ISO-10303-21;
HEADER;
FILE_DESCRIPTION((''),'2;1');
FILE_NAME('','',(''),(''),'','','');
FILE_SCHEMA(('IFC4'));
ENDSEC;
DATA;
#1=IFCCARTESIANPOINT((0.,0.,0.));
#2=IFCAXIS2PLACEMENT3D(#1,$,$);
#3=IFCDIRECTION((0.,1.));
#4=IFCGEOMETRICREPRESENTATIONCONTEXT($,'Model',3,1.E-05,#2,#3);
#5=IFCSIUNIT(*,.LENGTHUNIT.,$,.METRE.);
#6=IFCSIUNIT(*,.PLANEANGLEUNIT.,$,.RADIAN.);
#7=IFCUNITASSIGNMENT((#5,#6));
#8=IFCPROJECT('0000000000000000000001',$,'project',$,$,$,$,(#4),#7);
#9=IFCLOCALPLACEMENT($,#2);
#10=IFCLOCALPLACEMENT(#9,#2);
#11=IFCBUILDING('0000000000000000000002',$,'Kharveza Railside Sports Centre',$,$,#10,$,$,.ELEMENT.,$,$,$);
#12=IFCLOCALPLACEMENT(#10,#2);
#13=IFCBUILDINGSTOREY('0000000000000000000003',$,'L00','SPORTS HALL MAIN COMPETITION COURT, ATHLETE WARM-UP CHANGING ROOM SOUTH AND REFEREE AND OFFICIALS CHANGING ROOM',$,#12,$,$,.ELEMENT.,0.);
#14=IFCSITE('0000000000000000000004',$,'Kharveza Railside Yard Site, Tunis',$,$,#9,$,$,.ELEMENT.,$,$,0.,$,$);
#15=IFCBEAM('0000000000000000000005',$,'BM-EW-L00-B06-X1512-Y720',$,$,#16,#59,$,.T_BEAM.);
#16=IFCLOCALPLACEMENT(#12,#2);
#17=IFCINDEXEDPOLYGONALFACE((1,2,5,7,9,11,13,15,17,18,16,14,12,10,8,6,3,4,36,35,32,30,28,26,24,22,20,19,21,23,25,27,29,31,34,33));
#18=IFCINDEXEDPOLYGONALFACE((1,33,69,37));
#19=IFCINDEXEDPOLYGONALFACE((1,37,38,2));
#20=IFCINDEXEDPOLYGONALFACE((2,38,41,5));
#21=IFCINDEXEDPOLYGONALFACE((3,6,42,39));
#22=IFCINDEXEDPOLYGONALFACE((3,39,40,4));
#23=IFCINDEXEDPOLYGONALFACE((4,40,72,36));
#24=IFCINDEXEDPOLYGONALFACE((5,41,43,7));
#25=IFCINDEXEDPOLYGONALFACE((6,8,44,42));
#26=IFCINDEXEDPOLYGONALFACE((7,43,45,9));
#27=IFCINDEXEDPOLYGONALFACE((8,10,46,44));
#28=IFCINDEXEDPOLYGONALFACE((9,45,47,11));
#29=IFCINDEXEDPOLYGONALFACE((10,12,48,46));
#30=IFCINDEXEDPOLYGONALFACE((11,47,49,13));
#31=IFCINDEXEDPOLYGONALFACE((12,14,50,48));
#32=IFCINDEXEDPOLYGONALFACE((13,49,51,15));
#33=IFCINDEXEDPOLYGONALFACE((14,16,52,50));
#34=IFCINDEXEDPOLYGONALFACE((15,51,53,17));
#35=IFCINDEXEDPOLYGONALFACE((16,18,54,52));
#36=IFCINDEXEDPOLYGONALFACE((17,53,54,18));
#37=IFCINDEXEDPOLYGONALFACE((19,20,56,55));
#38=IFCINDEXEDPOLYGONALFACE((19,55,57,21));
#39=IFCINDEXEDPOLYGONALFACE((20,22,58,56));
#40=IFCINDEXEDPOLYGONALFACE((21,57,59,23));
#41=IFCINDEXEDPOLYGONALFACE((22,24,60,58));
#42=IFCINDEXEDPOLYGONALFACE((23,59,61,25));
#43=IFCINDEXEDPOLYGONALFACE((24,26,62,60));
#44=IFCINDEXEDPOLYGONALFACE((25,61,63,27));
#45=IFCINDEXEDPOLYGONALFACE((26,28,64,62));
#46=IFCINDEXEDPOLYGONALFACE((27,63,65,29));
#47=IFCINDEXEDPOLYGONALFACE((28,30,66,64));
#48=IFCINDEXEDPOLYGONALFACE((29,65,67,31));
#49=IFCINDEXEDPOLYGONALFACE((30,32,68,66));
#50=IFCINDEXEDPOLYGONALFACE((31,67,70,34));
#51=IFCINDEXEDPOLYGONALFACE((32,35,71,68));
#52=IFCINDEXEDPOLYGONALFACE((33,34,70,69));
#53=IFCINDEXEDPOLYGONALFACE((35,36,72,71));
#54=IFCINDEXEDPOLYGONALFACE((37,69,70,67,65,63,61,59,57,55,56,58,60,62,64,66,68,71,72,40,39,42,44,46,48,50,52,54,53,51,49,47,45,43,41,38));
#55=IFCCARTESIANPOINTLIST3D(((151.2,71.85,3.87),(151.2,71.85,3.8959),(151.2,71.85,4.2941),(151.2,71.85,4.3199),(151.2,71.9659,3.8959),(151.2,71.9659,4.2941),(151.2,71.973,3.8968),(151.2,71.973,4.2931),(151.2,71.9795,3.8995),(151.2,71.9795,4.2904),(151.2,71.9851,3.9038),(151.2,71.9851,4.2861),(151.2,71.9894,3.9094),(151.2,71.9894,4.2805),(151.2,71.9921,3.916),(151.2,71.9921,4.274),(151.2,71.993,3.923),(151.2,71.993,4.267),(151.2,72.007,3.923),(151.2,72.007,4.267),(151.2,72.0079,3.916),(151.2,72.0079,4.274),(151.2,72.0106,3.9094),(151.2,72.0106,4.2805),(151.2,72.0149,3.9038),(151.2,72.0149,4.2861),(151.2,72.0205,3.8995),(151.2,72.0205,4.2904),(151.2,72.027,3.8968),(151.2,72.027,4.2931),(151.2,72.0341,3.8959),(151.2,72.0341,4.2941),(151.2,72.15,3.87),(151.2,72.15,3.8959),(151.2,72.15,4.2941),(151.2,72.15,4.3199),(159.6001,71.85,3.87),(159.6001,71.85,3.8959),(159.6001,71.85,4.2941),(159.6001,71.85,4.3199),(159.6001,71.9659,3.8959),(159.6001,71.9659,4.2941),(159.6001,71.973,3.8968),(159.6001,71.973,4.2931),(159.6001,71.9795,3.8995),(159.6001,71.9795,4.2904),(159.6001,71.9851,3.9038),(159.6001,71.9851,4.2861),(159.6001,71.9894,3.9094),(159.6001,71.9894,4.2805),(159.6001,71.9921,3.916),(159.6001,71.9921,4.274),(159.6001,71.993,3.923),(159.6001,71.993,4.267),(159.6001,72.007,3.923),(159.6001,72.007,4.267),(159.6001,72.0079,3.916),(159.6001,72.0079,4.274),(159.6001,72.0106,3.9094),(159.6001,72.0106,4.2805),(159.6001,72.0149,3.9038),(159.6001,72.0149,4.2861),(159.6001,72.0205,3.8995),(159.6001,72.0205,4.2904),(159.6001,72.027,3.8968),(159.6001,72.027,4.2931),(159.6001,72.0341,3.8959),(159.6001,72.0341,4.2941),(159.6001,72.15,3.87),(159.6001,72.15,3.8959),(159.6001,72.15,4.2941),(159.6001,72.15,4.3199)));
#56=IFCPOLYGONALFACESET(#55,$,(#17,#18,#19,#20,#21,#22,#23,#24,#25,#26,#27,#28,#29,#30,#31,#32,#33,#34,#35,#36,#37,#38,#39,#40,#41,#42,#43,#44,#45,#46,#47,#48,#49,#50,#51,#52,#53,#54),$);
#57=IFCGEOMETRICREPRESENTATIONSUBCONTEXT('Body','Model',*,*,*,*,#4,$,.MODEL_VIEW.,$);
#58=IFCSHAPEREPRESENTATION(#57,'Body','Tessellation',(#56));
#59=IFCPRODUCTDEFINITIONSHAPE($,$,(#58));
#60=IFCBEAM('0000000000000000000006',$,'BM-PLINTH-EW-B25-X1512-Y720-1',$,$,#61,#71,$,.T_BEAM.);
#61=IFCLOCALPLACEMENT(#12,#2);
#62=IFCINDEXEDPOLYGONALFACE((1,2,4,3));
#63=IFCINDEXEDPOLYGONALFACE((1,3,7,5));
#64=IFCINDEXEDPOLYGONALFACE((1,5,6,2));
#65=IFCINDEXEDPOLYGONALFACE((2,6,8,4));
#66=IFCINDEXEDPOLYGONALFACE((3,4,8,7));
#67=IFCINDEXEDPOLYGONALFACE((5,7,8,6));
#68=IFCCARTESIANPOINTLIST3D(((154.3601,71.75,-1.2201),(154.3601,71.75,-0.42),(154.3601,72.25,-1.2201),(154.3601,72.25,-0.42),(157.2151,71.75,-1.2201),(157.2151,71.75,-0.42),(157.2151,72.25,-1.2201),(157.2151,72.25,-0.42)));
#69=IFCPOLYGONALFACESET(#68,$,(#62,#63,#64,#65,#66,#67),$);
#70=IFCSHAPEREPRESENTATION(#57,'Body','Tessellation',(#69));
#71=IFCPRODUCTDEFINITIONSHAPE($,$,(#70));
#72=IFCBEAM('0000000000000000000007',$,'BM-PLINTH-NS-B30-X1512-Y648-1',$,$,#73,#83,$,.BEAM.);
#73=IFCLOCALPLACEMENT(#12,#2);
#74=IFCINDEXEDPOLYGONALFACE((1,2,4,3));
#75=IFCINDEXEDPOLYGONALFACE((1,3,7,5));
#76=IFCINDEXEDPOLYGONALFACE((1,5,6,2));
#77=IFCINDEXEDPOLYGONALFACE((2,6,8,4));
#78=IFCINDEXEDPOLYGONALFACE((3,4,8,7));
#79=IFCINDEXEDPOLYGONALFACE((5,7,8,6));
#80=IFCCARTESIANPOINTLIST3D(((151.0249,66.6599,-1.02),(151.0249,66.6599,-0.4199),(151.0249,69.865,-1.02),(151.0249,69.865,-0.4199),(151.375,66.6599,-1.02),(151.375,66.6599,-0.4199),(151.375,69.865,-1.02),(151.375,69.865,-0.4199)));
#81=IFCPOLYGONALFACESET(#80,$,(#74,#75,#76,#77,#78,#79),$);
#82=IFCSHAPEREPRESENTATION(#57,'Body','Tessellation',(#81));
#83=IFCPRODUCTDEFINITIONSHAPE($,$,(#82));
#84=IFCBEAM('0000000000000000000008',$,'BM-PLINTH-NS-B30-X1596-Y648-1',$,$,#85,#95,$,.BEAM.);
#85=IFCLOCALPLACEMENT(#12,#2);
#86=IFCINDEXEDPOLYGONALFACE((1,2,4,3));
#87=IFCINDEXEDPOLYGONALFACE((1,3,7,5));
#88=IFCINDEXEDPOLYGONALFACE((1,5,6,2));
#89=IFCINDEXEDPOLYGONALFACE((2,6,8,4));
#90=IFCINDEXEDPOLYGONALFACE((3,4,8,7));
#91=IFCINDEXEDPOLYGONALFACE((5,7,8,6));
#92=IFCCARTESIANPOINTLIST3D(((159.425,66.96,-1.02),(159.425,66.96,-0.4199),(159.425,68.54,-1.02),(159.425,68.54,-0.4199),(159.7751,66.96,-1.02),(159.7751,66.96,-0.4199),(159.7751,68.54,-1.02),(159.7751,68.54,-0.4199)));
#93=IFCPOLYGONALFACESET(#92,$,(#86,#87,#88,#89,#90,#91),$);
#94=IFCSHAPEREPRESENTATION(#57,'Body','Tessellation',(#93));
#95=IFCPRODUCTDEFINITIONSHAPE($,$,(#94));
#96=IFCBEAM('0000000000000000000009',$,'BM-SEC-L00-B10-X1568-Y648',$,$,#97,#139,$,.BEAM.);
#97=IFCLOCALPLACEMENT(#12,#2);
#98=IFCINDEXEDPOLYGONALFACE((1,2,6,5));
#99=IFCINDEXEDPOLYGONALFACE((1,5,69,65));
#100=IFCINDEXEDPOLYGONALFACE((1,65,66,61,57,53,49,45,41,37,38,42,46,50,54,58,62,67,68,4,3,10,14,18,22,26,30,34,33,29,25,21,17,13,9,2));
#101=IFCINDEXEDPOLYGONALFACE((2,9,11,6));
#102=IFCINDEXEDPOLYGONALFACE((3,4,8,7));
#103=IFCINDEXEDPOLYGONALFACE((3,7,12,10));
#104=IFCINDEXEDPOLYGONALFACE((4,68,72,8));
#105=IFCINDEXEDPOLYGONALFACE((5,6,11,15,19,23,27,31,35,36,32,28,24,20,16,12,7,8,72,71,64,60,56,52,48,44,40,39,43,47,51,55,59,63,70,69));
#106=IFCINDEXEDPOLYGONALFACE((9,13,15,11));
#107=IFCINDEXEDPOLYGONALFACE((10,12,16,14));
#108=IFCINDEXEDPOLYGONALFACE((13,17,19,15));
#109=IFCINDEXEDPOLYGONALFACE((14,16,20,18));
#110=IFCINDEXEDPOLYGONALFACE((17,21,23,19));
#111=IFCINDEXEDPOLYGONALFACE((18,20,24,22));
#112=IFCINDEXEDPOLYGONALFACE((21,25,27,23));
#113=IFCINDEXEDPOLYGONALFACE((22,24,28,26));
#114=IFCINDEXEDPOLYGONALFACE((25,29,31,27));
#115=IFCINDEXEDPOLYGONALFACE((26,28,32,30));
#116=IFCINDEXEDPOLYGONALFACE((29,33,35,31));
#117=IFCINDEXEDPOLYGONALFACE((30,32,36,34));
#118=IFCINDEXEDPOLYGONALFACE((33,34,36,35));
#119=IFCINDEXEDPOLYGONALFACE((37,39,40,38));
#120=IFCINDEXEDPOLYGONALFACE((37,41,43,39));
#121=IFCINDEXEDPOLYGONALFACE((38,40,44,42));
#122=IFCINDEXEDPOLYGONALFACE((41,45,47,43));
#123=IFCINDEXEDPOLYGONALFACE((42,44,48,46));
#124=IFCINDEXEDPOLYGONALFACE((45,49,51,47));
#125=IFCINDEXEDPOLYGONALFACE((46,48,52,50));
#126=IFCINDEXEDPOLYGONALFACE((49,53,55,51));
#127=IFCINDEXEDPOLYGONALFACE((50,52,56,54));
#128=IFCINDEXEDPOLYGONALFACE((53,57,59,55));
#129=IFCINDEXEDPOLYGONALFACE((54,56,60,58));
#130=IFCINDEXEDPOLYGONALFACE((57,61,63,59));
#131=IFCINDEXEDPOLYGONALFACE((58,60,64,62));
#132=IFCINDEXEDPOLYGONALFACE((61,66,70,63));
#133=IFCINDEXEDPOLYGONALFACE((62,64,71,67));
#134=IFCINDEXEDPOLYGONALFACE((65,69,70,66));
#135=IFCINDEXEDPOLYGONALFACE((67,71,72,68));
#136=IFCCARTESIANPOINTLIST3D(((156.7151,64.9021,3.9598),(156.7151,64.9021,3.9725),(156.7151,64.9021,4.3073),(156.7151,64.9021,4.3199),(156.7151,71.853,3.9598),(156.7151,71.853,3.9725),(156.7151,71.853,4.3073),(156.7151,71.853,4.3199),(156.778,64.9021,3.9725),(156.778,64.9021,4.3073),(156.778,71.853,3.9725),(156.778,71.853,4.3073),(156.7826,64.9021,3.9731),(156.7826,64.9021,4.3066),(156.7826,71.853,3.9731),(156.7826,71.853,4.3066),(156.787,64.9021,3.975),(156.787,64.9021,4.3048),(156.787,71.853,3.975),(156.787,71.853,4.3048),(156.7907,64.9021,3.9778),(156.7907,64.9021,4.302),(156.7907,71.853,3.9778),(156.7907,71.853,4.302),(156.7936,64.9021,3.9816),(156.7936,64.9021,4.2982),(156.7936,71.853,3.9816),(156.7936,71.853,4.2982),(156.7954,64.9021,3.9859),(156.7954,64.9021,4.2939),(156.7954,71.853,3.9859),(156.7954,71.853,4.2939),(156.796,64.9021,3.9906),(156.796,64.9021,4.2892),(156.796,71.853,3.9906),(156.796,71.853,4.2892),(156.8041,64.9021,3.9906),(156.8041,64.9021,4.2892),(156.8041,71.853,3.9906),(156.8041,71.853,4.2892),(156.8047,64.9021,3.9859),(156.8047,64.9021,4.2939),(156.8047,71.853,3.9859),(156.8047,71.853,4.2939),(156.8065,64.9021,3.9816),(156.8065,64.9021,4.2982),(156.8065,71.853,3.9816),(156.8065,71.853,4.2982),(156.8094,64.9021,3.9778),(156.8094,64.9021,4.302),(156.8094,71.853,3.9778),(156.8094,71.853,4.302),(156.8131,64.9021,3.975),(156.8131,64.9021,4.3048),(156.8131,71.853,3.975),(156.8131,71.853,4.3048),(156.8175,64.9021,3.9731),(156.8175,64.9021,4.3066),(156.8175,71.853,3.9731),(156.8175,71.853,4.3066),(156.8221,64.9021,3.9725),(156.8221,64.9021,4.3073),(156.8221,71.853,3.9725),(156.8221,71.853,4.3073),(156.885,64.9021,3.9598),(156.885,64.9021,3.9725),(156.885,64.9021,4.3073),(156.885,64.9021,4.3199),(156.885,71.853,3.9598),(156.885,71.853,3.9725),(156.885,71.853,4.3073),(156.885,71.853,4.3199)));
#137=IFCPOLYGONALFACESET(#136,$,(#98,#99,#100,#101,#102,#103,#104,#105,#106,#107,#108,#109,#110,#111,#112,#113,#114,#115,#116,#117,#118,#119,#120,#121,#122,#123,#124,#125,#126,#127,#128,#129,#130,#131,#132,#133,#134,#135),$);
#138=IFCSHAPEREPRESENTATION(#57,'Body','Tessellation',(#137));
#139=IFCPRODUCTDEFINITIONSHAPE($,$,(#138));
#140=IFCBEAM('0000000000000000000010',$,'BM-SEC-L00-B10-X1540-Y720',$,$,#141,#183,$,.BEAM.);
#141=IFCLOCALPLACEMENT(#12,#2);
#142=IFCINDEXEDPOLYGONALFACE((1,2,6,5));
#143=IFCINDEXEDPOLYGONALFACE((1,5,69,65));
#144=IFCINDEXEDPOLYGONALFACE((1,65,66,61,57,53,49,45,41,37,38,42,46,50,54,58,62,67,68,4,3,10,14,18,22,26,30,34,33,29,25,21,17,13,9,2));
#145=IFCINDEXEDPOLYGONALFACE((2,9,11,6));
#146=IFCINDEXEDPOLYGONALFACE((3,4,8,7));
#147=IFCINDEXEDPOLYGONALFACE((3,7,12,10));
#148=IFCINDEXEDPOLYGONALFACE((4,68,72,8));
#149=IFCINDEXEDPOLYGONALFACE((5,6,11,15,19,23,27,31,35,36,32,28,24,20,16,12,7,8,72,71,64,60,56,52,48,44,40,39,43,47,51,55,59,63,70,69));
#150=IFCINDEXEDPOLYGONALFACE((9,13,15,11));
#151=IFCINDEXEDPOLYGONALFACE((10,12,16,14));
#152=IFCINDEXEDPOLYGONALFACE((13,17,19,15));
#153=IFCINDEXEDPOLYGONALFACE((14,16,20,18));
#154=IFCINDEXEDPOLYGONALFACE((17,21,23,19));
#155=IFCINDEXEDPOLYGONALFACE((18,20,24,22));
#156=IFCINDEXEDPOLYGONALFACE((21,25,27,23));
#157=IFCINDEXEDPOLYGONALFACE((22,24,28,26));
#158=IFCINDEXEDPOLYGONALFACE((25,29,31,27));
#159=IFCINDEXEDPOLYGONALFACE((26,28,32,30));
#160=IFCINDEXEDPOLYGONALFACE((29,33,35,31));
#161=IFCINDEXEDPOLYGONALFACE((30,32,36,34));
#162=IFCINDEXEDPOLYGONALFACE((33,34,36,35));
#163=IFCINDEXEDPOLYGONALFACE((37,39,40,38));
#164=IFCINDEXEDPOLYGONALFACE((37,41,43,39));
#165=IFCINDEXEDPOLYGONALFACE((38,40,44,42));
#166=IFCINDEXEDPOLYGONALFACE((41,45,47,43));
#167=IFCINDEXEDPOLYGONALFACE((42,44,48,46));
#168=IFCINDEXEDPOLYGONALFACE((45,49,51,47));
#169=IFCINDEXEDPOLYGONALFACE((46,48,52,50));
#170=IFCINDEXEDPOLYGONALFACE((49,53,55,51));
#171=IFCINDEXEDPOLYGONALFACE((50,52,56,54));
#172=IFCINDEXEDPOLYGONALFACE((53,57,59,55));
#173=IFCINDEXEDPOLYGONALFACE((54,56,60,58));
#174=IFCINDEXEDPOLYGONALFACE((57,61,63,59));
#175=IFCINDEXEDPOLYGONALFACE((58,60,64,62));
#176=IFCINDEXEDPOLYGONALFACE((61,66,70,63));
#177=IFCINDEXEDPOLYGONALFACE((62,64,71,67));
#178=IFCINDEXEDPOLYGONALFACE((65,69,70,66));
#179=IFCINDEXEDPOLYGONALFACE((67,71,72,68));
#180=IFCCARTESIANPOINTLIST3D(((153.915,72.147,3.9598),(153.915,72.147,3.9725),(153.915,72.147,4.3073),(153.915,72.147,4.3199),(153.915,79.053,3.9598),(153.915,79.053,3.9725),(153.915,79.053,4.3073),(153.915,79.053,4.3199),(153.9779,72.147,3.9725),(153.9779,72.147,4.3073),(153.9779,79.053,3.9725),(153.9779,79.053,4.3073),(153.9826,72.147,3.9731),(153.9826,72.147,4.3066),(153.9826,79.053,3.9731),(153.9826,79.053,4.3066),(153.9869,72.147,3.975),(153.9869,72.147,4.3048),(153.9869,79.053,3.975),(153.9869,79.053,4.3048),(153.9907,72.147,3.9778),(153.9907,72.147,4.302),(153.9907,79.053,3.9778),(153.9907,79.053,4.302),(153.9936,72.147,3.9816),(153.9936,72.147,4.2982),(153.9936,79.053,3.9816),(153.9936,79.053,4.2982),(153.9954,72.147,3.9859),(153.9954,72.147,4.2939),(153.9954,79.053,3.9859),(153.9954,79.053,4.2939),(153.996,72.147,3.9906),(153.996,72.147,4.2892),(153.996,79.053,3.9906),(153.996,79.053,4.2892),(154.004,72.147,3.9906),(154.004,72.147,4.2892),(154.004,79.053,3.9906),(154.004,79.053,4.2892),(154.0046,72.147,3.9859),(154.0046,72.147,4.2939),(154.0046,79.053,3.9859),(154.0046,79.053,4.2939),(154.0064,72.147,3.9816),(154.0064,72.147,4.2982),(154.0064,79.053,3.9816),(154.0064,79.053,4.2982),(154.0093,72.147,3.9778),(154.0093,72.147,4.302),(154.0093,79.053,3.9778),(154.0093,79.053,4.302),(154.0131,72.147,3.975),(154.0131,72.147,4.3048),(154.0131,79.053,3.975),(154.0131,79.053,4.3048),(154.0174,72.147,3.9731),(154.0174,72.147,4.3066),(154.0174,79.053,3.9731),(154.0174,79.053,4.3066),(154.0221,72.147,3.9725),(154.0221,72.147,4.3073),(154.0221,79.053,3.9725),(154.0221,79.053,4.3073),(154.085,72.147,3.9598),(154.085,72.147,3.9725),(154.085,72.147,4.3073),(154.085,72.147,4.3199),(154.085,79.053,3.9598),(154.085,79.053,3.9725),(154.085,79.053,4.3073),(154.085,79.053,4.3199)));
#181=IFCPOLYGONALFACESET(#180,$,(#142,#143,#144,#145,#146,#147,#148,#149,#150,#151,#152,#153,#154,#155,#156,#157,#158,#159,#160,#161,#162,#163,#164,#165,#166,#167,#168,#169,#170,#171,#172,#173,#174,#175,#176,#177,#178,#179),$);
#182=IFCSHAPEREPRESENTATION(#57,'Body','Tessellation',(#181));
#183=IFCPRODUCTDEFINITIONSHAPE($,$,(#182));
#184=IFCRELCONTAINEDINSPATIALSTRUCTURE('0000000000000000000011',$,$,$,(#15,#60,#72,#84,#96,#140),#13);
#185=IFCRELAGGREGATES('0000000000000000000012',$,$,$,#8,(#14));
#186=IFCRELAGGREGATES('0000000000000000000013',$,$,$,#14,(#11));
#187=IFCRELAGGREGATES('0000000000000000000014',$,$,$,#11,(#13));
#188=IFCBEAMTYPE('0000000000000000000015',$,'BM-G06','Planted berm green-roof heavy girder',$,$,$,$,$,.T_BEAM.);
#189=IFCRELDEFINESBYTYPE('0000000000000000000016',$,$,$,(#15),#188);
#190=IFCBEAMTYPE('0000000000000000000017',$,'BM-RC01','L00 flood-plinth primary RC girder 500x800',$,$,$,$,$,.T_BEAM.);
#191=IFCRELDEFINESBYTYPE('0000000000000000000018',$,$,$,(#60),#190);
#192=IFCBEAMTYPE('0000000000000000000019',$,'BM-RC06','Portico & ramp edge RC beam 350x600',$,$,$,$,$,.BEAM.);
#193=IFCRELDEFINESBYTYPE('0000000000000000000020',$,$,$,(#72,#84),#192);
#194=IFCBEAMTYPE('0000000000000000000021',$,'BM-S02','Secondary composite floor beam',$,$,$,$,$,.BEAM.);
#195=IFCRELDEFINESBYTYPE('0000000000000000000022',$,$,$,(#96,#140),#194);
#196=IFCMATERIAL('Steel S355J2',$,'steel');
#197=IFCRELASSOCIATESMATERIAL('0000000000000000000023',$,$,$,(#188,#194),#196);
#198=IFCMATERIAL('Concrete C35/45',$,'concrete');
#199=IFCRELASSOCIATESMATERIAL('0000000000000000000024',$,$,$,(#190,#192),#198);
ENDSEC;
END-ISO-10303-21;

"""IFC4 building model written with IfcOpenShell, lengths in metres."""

from ifc_helpers import new_model, si_unit, direction, frame, origin, origin_2d, place, context, subcontext, project, spatial, rectangle, i_section, extrude, material, material_profile, profile_set, type_object, element, save


model = new_model("IFC4")

# Units and contexts
model_context = context("Model", 3, precision=1e-05, world=origin(), true_north=direction((0.0, 1.0)))
body_context = subcontext(model_context, "Body", "Model", "MODEL_VIEW")
ifc_project = project(units=[si_unit("LENGTHUNIT", "METRE"), si_unit("PLANEANGLEUNIT", "RADIAN")], contexts=[model_context])

# Site, building, storey
site_placement = place(None, origin())
site = spatial("IfcSite", under=ifc_project, at=site_placement, Name="Kharveza Railside Yard Site, Tunis", CompositionType="ELEMENT", RefElevation=0.0)
building_placement = place(site_placement, origin())
building = spatial("IfcBuilding", under=site, at=building_placement, Name="Kharveza Railside Sports Centre", CompositionType="ELEMENT")
storey_placement = place(building_placement, origin())
storey = spatial("IfcBuildingStorey", under=building, at=storey_placement, Name="L00", Description="SPORTS HALL MAIN COMPETITION COURT, ATHLETE WARM-UP CHANGING ROOM SOUTH AND REFEREE AND OFFICIALS CHANGING ROOM", CompositionType="ELEMENT", Elevation=0.0)

# Shared definitions
ifc_material_1 = material(Name="Concrete C35/45", Category="concrete")

# Shared definitions
ifc_material_2 = material(Name="Steel S355J2", Category="steel")

# Beams
ifc_material_profile_1 = material_profile(ifc_material_2, i_section(OverallWidth=0.3, OverallDepth=0.45, WebThickness=0.0139, FlangeThickness=0.0259, FilletRadius=0.0271, at=origin_2d()), Name="HEB 450")
ifc_profile_set_1 = profile_set([ifc_material_profile_1], Name="Steel S355J2")
beam_type_1 = type_object("IfcBeamType", Name="BM-G06", Description="Planted berm green-roof heavy girder", PredefinedType="T_BEAM", material=ifc_profile_set_1)
beam_1_placement = place(storey_placement, frame((151.2, 72.0, 4.095), z_axis=(1.0, 0.0, 0.0), x_axis=(0.0, 1.0, 0.0)))
element("IfcBeam", 1, at=beam_1_placement, inside=storey, type_object=beam_type_1, Name="BM-EW-L00-B06-X1512-Y720", PredefinedType="T_BEAM", context=body_context, shape_type="SweptSolid", body=[
    extrude(i_section(OverallWidth=0.3, OverallDepth=0.45, WebThickness=0.0139, FlangeThickness=0.0259, FilletRadius=0.0271, at=origin_2d()), origin(), (0.0, 0.0, 1.0), 8.4001),
])
ifc_material_profile_2 = material_profile(ifc_material_1, rectangle(XDim=0.5, YDim=0.8, at=origin_2d()), Name="RCB 500x800")
ifc_profile_set_2 = profile_set([ifc_material_profile_2], Name="Concrete C35/45")
beam_type_2 = type_object("IfcBeamType", Name="BM-RC01", Description="L00 flood-plinth primary RC girder 500x800", PredefinedType="T_BEAM", material=ifc_profile_set_2)
beam_2_placement = place(storey_placement, frame((154.3601, 72.0, -0.8201), z_axis=(1.0, 0.0, 0.0), x_axis=(0.0, 1.0, 0.0)))
element("IfcBeam", 2, at=beam_2_placement, inside=storey, type_object=beam_type_2, Name="BM-PLINTH-EW-B25-X1512-Y720-1", PredefinedType="T_BEAM", context=body_context, shape_type="SweptSolid", body=[
    extrude(rectangle(XDim=0.5, YDim=0.8, at=origin_2d()), origin(), (0.0, 0.0, 1.0), 2.855),
])
ifc_material_profile_3 = material_profile(ifc_material_1, rectangle(XDim=0.3501, YDim=0.6001, at=origin_2d()), Name="RCB 350x600")
ifc_profile_set_3 = profile_set([ifc_material_profile_3], Name="Concrete C35/45")
beam_type_3 = type_object("IfcBeamType", Name="BM-RC06", Description="Portico & ramp edge RC beam 350x600", PredefinedType="BEAM", material=ifc_profile_set_3)
beam_3_placement = place(storey_placement, frame((151.2, 66.6599, -0.72), z_axis=(0.0, 1.0, 0.0), x_axis=(-1.0, 0.0, 0.0)))
element("IfcBeam", 3, at=beam_3_placement, inside=storey, type_object=beam_type_3, Name="BM-PLINTH-NS-B30-X1512-Y648-1", PredefinedType="BEAM", context=body_context, shape_type="SweptSolid", body=[
    extrude(rectangle(XDim=0.3501, YDim=0.6001, at=origin_2d()), origin(), (0.0, 0.0, 1.0), 3.2051),
])
beam_4_placement = place(storey_placement, frame((159.6001, 66.96, -0.72), z_axis=(0.0, 1.0, 0.0), x_axis=(-1.0, 0.0, 0.0)))
element("IfcBeam", 4, at=beam_4_placement, inside=storey, type_object=beam_type_3, Name="BM-PLINTH-NS-B30-X1596-Y648-1", PredefinedType="BEAM", context=body_context, shape_type="SweptSolid", body=[
    extrude(rectangle(XDim=0.3501, YDim=0.6001, at=origin_2d()), origin(), (0.0, 0.0, 1.0), 1.5801),
])
ifc_material_profile_4 = material_profile(ifc_material_2, i_section(OverallWidth=0.1699, OverallDepth=0.3601, WebThickness=0.0081, FlangeThickness=0.0127, FilletRadius=0.0181, at=origin_2d()), Name="IPE 360")
ifc_profile_set_4 = profile_set([ifc_material_profile_4], Name="Steel S355J2")
beam_type_4 = type_object("IfcBeamType", Name="BM-S02", Description="Secondary composite floor beam", PredefinedType="BEAM", material=ifc_profile_set_4)
beam_5_placement = place(storey_placement, frame((156.8, 64.9021, 4.1399), z_axis=(0.0, 1.0, 0.0), x_axis=(-1.0, 0.0, 0.0)))
element("IfcBeam", 5, at=beam_5_placement, inside=storey, type_object=beam_type_4, Name="BM-SEC-L00-B10-X1568-Y648", PredefinedType="BEAM", context=body_context, shape_type="SweptSolid", body=[
    extrude(i_section(OverallWidth=0.1699, OverallDepth=0.3601, WebThickness=0.0081, FlangeThickness=0.0127, FilletRadius=0.0181, at=origin_2d()), origin(), (0.0, 0.0, 1.0), 6.9509),
])
beam_6_placement = place(storey_placement, frame((154.0, 72.147, 4.1399), z_axis=(0.0, 1.0, 0.0), x_axis=(-1.0, 0.0, 0.0)))
element("IfcBeam", 6, at=beam_6_placement, inside=storey, type_object=beam_type_4, Name="BM-SEC-L00-B10-X1540-Y720", PredefinedType="BEAM", context=body_context, shape_type="SweptSolid", body=[
    extrude(i_section(OverallWidth=0.1699, OverallDepth=0.3601, WebThickness=0.0081, FlangeThickness=0.0127, FilletRadius=0.0181, at=origin_2d()), origin(), (0.0, 0.0, 1.0), 6.906),
])

save(model, "model.ifc")
